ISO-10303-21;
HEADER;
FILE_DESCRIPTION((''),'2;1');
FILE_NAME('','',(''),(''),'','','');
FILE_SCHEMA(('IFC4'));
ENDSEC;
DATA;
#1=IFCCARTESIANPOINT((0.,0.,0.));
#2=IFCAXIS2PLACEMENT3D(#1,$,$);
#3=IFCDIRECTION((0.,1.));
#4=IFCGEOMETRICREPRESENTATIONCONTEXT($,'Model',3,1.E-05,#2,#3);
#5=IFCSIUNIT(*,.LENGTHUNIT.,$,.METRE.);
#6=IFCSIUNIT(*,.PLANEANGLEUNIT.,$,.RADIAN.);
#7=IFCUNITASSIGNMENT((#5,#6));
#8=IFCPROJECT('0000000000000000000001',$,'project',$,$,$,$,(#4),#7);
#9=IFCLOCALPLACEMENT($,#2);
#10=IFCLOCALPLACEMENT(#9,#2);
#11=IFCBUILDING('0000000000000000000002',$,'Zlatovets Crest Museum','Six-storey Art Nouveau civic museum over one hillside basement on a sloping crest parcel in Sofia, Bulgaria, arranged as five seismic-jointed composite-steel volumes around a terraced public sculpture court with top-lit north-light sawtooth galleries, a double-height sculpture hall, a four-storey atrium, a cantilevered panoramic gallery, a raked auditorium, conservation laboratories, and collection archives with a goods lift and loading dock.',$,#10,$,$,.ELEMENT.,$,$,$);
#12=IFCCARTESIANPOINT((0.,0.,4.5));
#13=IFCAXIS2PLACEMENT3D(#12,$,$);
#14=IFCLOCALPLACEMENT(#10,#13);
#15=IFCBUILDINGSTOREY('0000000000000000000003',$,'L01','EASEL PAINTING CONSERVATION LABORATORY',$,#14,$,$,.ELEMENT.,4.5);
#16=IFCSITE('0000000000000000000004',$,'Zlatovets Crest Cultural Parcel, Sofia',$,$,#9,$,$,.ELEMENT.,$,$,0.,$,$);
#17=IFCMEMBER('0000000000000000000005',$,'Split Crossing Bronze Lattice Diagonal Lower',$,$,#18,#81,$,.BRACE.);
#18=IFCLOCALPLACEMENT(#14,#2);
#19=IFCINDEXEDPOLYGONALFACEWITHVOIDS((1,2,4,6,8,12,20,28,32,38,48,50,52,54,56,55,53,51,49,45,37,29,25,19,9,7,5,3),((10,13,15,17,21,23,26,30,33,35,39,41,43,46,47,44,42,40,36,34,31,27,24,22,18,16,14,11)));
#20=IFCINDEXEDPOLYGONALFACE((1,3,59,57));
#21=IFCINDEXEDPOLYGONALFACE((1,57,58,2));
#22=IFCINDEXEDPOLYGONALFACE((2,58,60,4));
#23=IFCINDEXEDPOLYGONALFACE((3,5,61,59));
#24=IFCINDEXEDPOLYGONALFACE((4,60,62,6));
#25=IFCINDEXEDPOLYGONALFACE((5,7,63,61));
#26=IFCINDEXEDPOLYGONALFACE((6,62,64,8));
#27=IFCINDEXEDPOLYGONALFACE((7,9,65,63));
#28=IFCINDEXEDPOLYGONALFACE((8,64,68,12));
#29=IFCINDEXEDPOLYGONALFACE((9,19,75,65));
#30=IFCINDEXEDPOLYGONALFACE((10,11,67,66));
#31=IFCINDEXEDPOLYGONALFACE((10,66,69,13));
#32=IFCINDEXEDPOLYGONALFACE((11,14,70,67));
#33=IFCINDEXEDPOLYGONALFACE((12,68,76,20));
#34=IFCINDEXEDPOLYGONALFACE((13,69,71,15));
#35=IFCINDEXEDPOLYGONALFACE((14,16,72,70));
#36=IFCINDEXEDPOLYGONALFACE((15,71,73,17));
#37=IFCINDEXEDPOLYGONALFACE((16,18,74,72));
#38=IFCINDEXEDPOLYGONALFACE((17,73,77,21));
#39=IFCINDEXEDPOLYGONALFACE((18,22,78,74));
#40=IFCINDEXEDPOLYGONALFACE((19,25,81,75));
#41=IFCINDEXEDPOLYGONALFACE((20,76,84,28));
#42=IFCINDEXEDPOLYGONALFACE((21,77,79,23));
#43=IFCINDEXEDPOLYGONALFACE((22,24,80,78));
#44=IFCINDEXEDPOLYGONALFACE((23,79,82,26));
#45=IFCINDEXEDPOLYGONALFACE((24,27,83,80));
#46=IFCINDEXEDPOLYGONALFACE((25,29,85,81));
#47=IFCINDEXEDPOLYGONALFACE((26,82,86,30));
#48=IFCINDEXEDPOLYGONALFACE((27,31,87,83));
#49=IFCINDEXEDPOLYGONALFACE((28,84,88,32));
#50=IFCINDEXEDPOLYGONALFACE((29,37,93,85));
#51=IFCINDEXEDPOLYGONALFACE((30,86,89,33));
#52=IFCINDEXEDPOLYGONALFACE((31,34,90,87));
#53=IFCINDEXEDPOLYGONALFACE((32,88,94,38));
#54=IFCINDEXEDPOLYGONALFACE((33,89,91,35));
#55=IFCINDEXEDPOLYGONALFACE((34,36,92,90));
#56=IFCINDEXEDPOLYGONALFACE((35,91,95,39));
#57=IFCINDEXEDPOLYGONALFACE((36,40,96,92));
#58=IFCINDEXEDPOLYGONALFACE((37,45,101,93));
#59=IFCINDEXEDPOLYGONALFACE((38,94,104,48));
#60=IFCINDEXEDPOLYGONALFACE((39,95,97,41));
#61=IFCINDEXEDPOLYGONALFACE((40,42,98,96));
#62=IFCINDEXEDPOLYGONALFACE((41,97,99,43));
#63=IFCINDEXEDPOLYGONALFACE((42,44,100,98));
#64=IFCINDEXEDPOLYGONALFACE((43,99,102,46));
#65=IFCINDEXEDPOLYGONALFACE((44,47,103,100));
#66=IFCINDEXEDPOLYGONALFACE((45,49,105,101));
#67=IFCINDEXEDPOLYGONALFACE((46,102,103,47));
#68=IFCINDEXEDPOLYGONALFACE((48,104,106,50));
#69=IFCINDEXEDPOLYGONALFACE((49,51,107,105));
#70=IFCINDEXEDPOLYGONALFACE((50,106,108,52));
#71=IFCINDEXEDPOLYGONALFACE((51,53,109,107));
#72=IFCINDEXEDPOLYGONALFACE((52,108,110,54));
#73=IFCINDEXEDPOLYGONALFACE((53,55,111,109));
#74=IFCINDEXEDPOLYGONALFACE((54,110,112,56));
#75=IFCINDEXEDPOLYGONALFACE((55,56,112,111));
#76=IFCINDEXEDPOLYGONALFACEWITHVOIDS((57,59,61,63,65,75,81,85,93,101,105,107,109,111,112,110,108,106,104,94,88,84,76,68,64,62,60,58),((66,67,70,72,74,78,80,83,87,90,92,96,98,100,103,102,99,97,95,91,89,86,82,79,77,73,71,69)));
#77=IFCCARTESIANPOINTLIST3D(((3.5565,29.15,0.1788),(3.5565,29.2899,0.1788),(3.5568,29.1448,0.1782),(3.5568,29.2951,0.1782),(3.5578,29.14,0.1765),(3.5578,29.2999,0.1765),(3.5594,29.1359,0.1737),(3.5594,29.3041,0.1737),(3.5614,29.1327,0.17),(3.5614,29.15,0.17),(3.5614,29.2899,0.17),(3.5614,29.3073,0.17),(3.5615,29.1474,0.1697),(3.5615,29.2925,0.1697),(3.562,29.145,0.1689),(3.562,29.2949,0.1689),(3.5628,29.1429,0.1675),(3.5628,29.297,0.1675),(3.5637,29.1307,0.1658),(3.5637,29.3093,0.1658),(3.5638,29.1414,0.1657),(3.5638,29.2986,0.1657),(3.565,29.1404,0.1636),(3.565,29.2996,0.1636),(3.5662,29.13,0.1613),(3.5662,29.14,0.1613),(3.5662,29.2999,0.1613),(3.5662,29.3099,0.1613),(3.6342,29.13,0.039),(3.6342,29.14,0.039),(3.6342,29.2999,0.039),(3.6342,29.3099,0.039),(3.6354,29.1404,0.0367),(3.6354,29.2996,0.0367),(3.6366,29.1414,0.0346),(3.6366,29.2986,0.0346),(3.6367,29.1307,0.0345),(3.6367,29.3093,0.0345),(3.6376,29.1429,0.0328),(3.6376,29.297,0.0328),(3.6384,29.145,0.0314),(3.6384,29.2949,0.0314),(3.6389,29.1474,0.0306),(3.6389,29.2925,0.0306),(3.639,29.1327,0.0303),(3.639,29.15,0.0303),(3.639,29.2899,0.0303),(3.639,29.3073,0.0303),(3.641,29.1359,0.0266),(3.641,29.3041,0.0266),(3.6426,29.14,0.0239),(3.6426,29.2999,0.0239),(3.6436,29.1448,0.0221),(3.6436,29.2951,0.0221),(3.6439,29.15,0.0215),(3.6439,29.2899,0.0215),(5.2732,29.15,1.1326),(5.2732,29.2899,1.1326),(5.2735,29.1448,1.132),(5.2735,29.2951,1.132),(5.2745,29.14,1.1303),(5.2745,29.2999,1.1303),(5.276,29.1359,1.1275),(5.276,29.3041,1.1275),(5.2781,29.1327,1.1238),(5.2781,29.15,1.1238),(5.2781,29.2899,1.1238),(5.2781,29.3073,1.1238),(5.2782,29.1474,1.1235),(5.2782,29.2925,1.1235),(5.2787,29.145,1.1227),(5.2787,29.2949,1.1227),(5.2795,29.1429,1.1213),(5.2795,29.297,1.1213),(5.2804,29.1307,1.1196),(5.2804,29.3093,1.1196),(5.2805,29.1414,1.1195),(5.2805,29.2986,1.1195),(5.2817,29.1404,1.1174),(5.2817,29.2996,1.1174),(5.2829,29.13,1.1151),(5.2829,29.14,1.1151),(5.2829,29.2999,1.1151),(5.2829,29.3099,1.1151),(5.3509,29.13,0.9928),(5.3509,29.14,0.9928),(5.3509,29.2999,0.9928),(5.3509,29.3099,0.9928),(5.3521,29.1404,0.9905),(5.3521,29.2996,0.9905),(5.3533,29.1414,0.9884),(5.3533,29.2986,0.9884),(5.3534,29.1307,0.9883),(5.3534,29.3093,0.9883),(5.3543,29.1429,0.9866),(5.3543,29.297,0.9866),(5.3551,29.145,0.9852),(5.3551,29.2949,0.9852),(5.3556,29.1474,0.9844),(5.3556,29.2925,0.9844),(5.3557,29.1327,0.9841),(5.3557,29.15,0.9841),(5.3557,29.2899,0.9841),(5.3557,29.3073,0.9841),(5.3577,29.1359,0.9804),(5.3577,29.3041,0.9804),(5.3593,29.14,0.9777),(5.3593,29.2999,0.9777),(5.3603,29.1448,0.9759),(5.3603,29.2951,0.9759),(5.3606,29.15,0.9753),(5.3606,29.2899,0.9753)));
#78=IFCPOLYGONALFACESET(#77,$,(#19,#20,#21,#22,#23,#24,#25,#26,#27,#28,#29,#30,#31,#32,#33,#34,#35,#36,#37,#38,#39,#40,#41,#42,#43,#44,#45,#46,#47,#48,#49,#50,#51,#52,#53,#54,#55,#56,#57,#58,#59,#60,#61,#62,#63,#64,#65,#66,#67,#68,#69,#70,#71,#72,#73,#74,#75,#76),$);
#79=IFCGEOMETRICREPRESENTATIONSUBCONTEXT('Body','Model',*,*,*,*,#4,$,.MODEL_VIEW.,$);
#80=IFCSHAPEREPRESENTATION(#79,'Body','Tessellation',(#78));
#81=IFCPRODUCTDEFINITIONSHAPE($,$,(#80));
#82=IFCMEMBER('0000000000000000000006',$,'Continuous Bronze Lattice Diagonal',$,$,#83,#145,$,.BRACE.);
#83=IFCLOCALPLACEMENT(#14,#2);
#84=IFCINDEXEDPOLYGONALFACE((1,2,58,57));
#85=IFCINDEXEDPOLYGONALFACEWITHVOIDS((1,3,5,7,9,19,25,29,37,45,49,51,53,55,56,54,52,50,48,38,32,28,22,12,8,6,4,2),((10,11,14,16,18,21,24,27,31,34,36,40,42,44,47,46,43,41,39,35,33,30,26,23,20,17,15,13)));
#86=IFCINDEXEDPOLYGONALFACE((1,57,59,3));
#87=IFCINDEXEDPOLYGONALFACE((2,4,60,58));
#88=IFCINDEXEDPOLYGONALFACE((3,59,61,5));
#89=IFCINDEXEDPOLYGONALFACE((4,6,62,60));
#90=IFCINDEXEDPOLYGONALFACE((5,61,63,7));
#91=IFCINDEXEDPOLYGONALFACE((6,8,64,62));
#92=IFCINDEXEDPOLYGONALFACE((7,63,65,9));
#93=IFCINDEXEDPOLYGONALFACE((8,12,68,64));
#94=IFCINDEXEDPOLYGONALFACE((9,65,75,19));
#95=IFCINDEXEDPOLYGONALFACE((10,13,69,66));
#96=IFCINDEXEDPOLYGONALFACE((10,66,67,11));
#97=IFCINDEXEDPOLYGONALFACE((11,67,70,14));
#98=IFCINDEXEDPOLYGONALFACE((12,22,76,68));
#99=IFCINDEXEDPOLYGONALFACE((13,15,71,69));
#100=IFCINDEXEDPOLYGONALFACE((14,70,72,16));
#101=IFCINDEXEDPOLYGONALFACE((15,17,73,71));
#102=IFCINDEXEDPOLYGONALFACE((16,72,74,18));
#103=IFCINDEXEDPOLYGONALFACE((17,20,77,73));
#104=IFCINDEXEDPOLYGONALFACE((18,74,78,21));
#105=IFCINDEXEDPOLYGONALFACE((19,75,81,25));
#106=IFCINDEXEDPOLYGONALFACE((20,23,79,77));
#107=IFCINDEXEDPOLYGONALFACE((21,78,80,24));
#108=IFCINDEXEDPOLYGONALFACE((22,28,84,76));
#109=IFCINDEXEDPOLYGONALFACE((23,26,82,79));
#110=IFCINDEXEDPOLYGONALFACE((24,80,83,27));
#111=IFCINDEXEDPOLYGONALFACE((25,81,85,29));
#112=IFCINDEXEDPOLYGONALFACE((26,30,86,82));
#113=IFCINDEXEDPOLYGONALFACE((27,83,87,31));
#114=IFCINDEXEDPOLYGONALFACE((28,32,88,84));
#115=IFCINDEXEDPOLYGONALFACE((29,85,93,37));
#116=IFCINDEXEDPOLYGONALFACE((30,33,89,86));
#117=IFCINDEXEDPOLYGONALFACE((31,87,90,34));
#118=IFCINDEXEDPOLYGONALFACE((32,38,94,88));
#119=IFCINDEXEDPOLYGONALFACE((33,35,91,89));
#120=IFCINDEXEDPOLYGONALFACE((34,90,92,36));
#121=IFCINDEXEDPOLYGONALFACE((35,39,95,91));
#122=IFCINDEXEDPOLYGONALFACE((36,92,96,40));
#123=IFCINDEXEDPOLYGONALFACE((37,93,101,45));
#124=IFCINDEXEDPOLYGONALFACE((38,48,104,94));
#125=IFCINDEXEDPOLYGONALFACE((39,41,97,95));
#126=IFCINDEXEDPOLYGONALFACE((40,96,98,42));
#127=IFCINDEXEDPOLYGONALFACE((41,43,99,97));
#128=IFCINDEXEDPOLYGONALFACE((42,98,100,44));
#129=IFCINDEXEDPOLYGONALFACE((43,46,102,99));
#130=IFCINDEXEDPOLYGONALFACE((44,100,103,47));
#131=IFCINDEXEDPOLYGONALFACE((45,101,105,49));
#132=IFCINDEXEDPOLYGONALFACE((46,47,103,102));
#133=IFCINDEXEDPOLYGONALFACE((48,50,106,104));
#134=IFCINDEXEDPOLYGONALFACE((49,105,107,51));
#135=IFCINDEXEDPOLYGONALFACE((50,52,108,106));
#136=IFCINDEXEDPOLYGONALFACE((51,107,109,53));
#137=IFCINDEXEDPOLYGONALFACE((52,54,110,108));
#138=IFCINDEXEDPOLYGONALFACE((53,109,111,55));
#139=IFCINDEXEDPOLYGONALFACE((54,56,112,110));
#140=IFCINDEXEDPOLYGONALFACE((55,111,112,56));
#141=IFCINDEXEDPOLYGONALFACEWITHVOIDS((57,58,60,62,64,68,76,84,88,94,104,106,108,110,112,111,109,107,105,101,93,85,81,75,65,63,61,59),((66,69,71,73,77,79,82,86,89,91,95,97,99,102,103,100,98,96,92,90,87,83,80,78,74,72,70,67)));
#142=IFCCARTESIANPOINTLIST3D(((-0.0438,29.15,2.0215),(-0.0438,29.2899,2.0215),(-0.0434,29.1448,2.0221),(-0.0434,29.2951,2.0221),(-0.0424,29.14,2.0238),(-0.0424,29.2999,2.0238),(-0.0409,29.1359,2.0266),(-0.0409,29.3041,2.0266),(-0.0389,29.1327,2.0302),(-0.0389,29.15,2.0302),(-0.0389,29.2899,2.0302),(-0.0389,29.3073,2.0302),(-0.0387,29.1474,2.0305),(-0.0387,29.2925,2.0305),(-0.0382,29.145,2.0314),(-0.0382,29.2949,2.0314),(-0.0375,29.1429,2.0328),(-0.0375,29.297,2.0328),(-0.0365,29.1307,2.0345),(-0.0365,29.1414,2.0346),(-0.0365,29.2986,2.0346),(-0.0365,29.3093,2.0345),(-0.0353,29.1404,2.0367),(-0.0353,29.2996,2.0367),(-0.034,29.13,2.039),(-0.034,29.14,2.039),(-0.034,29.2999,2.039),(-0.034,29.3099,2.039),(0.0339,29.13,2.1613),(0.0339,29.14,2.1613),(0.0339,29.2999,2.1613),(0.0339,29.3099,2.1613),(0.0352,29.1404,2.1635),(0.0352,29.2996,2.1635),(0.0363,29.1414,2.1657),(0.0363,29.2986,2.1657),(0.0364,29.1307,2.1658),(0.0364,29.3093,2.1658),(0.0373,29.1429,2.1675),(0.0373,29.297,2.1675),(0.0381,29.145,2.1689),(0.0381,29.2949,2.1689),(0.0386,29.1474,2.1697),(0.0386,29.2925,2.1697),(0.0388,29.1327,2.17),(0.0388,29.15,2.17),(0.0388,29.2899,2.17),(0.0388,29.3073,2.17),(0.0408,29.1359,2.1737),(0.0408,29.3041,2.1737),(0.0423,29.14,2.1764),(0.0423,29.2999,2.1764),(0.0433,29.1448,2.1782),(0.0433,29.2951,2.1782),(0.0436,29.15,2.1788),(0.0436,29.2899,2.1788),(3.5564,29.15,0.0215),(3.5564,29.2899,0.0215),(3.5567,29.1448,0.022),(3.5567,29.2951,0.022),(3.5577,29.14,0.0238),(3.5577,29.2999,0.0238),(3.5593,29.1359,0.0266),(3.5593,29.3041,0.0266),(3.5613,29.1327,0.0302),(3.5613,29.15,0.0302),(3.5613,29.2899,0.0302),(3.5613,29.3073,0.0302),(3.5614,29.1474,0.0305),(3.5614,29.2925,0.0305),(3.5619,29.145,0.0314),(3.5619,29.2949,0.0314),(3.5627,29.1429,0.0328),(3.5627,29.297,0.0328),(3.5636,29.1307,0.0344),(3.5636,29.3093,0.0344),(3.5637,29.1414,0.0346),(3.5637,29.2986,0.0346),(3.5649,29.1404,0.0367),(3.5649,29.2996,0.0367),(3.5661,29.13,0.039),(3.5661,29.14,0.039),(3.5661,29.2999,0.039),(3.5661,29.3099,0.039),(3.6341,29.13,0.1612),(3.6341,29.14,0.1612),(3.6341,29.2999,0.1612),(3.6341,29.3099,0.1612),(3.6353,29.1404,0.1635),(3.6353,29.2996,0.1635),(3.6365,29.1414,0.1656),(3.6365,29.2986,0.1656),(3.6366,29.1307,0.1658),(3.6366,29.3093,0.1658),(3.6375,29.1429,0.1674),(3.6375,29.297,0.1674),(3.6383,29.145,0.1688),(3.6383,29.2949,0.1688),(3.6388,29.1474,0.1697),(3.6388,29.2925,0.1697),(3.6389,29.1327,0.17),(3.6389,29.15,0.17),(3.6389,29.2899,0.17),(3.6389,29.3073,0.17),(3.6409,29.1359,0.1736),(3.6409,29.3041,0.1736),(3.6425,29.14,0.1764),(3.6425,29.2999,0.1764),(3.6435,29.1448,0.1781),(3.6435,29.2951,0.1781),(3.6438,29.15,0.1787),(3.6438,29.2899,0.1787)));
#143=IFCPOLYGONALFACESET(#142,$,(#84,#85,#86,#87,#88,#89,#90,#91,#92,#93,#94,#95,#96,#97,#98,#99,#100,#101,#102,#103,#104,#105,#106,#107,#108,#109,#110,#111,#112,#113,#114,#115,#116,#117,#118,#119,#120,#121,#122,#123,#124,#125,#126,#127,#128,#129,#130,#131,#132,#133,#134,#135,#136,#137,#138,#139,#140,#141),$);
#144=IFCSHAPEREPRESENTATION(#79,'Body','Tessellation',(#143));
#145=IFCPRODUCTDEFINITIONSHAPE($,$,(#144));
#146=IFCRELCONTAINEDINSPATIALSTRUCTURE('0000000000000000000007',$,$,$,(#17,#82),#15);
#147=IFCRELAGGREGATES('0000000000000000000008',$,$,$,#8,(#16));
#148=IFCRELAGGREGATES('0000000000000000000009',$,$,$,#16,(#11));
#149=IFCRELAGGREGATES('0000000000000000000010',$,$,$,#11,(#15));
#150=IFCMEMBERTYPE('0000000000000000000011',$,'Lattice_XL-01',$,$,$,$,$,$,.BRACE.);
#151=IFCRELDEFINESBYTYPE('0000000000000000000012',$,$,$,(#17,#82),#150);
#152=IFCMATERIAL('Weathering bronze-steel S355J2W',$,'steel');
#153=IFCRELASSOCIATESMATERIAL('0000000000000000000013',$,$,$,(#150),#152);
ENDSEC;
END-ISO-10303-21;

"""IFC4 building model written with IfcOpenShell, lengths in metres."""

from ifc_helpers import new_model, si_unit, direction, frame, origin, origin_2d, place, context, subcontext, project, spatial, hollow_rectangle, extrude, material, material_profile, profile_set, type_object, element, save


model = new_model("IFC4")

# Units and contexts
model_context = context("Model", 3, precision=1e-05, world=origin(), true_north=direction((0.0, 1.0)))
body_context = subcontext(model_context, "Body", "Model", "MODEL_VIEW")
ifc_project = project(units=[si_unit("LENGTHUNIT", "METRE"), si_unit("PLANEANGLEUNIT", "RADIAN")], contexts=[model_context])

# Site, building, storey
site_placement = place(None, origin())
site = spatial("IfcSite", under=ifc_project, at=site_placement, Name="Zlatovets Crest Cultural Parcel, Sofia", CompositionType="ELEMENT", RefElevation=0.0)
building_placement = place(site_placement, origin())
building = spatial("IfcBuilding", under=site, at=building_placement, Name="Zlatovets Crest Museum", Description="Six-storey Art Nouveau civic museum over one hillside basement on a sloping crest parcel in Sofia, Bulgaria, arranged as five seismic-jointed composite-steel volumes around a terraced public sculpture court with top-lit north-light sawtooth galleries, a double-height sculpture hall, a four-storey atrium, a cantilevered panoramic gallery, a raked auditorium, conservation laboratories, and collection archives with a goods lift and loading dock.", CompositionType="ELEMENT")
storey_placement = place(building_placement, frame((0.0, 0.0, 4.5)))
storey = spatial("IfcBuildingStorey", under=building, at=storey_placement, Name="L01", Description="EASEL PAINTING CONSERVATION LABORATORY", CompositionType="ELEMENT", Elevation=4.5)

# Members
ifc_material_1 = material(Name="Weathering bronze-steel S355J2W", Category="steel")
ifc_material_profile_1 = material_profile(ifc_material_1, hollow_rectangle(XDim=0.1799, YDim=0.1799, WallThickness=0.01, InnerFilletRadius=0.01, OuterFilletRadius=0.02, at=origin_2d()), Name="SHS 180x180x10.0")
ifc_profile_set_1 = profile_set([ifc_material_profile_1], Name="Weathering bronze-steel S355J2W")
member_type_1 = type_object("IfcMemberType", Name="Lattice_XL-01", PredefinedType="BRACE", material=ifc_profile_set_1)
member_1_placement = place(storey_placement, frame((5.3169, 29.22, 1.054), z_axis=(-0.87414, 0.0, -0.485675), x_axis=(0.0, -1.0, 0.0)))
element("IfcMember", 1, at=member_1_placement, inside=storey, type_object=member_type_1, Name="Split Crossing Bronze Lattice Diagonal Lower", PredefinedType="BRACE", context=body_context, shape_type="SweptSolid", body=[
    extrude(hollow_rectangle(XDim=0.1799, YDim=0.1799, WallThickness=0.01, InnerFilletRadius=0.01, OuterFilletRadius=0.02, at=origin_2d()), origin(), (0.0, 0.0, 1.0), 1.9639),
])
member_2_placement = place(storey_placement, frame((3.6001, 29.22, 0.1001), z_axis=(-0.874163, 0.0, 0.485633), x_axis=(0.0, -1.0, 0.0)))
element("IfcMember", 2, at=member_2_placement, inside=storey, type_object=member_type_1, Name="Continuous Bronze Lattice Diagonal", PredefinedType="BRACE", context=body_context, shape_type="SweptSolid", body=[
    extrude(hollow_rectangle(XDim=0.1799, YDim=0.1799, WallThickness=0.01, InnerFilletRadius=0.01, OuterFilletRadius=0.02, at=origin_2d()), origin(), (0.0, 0.0, 1.0), 4.1184),
])

save(model, "model.ifc")
